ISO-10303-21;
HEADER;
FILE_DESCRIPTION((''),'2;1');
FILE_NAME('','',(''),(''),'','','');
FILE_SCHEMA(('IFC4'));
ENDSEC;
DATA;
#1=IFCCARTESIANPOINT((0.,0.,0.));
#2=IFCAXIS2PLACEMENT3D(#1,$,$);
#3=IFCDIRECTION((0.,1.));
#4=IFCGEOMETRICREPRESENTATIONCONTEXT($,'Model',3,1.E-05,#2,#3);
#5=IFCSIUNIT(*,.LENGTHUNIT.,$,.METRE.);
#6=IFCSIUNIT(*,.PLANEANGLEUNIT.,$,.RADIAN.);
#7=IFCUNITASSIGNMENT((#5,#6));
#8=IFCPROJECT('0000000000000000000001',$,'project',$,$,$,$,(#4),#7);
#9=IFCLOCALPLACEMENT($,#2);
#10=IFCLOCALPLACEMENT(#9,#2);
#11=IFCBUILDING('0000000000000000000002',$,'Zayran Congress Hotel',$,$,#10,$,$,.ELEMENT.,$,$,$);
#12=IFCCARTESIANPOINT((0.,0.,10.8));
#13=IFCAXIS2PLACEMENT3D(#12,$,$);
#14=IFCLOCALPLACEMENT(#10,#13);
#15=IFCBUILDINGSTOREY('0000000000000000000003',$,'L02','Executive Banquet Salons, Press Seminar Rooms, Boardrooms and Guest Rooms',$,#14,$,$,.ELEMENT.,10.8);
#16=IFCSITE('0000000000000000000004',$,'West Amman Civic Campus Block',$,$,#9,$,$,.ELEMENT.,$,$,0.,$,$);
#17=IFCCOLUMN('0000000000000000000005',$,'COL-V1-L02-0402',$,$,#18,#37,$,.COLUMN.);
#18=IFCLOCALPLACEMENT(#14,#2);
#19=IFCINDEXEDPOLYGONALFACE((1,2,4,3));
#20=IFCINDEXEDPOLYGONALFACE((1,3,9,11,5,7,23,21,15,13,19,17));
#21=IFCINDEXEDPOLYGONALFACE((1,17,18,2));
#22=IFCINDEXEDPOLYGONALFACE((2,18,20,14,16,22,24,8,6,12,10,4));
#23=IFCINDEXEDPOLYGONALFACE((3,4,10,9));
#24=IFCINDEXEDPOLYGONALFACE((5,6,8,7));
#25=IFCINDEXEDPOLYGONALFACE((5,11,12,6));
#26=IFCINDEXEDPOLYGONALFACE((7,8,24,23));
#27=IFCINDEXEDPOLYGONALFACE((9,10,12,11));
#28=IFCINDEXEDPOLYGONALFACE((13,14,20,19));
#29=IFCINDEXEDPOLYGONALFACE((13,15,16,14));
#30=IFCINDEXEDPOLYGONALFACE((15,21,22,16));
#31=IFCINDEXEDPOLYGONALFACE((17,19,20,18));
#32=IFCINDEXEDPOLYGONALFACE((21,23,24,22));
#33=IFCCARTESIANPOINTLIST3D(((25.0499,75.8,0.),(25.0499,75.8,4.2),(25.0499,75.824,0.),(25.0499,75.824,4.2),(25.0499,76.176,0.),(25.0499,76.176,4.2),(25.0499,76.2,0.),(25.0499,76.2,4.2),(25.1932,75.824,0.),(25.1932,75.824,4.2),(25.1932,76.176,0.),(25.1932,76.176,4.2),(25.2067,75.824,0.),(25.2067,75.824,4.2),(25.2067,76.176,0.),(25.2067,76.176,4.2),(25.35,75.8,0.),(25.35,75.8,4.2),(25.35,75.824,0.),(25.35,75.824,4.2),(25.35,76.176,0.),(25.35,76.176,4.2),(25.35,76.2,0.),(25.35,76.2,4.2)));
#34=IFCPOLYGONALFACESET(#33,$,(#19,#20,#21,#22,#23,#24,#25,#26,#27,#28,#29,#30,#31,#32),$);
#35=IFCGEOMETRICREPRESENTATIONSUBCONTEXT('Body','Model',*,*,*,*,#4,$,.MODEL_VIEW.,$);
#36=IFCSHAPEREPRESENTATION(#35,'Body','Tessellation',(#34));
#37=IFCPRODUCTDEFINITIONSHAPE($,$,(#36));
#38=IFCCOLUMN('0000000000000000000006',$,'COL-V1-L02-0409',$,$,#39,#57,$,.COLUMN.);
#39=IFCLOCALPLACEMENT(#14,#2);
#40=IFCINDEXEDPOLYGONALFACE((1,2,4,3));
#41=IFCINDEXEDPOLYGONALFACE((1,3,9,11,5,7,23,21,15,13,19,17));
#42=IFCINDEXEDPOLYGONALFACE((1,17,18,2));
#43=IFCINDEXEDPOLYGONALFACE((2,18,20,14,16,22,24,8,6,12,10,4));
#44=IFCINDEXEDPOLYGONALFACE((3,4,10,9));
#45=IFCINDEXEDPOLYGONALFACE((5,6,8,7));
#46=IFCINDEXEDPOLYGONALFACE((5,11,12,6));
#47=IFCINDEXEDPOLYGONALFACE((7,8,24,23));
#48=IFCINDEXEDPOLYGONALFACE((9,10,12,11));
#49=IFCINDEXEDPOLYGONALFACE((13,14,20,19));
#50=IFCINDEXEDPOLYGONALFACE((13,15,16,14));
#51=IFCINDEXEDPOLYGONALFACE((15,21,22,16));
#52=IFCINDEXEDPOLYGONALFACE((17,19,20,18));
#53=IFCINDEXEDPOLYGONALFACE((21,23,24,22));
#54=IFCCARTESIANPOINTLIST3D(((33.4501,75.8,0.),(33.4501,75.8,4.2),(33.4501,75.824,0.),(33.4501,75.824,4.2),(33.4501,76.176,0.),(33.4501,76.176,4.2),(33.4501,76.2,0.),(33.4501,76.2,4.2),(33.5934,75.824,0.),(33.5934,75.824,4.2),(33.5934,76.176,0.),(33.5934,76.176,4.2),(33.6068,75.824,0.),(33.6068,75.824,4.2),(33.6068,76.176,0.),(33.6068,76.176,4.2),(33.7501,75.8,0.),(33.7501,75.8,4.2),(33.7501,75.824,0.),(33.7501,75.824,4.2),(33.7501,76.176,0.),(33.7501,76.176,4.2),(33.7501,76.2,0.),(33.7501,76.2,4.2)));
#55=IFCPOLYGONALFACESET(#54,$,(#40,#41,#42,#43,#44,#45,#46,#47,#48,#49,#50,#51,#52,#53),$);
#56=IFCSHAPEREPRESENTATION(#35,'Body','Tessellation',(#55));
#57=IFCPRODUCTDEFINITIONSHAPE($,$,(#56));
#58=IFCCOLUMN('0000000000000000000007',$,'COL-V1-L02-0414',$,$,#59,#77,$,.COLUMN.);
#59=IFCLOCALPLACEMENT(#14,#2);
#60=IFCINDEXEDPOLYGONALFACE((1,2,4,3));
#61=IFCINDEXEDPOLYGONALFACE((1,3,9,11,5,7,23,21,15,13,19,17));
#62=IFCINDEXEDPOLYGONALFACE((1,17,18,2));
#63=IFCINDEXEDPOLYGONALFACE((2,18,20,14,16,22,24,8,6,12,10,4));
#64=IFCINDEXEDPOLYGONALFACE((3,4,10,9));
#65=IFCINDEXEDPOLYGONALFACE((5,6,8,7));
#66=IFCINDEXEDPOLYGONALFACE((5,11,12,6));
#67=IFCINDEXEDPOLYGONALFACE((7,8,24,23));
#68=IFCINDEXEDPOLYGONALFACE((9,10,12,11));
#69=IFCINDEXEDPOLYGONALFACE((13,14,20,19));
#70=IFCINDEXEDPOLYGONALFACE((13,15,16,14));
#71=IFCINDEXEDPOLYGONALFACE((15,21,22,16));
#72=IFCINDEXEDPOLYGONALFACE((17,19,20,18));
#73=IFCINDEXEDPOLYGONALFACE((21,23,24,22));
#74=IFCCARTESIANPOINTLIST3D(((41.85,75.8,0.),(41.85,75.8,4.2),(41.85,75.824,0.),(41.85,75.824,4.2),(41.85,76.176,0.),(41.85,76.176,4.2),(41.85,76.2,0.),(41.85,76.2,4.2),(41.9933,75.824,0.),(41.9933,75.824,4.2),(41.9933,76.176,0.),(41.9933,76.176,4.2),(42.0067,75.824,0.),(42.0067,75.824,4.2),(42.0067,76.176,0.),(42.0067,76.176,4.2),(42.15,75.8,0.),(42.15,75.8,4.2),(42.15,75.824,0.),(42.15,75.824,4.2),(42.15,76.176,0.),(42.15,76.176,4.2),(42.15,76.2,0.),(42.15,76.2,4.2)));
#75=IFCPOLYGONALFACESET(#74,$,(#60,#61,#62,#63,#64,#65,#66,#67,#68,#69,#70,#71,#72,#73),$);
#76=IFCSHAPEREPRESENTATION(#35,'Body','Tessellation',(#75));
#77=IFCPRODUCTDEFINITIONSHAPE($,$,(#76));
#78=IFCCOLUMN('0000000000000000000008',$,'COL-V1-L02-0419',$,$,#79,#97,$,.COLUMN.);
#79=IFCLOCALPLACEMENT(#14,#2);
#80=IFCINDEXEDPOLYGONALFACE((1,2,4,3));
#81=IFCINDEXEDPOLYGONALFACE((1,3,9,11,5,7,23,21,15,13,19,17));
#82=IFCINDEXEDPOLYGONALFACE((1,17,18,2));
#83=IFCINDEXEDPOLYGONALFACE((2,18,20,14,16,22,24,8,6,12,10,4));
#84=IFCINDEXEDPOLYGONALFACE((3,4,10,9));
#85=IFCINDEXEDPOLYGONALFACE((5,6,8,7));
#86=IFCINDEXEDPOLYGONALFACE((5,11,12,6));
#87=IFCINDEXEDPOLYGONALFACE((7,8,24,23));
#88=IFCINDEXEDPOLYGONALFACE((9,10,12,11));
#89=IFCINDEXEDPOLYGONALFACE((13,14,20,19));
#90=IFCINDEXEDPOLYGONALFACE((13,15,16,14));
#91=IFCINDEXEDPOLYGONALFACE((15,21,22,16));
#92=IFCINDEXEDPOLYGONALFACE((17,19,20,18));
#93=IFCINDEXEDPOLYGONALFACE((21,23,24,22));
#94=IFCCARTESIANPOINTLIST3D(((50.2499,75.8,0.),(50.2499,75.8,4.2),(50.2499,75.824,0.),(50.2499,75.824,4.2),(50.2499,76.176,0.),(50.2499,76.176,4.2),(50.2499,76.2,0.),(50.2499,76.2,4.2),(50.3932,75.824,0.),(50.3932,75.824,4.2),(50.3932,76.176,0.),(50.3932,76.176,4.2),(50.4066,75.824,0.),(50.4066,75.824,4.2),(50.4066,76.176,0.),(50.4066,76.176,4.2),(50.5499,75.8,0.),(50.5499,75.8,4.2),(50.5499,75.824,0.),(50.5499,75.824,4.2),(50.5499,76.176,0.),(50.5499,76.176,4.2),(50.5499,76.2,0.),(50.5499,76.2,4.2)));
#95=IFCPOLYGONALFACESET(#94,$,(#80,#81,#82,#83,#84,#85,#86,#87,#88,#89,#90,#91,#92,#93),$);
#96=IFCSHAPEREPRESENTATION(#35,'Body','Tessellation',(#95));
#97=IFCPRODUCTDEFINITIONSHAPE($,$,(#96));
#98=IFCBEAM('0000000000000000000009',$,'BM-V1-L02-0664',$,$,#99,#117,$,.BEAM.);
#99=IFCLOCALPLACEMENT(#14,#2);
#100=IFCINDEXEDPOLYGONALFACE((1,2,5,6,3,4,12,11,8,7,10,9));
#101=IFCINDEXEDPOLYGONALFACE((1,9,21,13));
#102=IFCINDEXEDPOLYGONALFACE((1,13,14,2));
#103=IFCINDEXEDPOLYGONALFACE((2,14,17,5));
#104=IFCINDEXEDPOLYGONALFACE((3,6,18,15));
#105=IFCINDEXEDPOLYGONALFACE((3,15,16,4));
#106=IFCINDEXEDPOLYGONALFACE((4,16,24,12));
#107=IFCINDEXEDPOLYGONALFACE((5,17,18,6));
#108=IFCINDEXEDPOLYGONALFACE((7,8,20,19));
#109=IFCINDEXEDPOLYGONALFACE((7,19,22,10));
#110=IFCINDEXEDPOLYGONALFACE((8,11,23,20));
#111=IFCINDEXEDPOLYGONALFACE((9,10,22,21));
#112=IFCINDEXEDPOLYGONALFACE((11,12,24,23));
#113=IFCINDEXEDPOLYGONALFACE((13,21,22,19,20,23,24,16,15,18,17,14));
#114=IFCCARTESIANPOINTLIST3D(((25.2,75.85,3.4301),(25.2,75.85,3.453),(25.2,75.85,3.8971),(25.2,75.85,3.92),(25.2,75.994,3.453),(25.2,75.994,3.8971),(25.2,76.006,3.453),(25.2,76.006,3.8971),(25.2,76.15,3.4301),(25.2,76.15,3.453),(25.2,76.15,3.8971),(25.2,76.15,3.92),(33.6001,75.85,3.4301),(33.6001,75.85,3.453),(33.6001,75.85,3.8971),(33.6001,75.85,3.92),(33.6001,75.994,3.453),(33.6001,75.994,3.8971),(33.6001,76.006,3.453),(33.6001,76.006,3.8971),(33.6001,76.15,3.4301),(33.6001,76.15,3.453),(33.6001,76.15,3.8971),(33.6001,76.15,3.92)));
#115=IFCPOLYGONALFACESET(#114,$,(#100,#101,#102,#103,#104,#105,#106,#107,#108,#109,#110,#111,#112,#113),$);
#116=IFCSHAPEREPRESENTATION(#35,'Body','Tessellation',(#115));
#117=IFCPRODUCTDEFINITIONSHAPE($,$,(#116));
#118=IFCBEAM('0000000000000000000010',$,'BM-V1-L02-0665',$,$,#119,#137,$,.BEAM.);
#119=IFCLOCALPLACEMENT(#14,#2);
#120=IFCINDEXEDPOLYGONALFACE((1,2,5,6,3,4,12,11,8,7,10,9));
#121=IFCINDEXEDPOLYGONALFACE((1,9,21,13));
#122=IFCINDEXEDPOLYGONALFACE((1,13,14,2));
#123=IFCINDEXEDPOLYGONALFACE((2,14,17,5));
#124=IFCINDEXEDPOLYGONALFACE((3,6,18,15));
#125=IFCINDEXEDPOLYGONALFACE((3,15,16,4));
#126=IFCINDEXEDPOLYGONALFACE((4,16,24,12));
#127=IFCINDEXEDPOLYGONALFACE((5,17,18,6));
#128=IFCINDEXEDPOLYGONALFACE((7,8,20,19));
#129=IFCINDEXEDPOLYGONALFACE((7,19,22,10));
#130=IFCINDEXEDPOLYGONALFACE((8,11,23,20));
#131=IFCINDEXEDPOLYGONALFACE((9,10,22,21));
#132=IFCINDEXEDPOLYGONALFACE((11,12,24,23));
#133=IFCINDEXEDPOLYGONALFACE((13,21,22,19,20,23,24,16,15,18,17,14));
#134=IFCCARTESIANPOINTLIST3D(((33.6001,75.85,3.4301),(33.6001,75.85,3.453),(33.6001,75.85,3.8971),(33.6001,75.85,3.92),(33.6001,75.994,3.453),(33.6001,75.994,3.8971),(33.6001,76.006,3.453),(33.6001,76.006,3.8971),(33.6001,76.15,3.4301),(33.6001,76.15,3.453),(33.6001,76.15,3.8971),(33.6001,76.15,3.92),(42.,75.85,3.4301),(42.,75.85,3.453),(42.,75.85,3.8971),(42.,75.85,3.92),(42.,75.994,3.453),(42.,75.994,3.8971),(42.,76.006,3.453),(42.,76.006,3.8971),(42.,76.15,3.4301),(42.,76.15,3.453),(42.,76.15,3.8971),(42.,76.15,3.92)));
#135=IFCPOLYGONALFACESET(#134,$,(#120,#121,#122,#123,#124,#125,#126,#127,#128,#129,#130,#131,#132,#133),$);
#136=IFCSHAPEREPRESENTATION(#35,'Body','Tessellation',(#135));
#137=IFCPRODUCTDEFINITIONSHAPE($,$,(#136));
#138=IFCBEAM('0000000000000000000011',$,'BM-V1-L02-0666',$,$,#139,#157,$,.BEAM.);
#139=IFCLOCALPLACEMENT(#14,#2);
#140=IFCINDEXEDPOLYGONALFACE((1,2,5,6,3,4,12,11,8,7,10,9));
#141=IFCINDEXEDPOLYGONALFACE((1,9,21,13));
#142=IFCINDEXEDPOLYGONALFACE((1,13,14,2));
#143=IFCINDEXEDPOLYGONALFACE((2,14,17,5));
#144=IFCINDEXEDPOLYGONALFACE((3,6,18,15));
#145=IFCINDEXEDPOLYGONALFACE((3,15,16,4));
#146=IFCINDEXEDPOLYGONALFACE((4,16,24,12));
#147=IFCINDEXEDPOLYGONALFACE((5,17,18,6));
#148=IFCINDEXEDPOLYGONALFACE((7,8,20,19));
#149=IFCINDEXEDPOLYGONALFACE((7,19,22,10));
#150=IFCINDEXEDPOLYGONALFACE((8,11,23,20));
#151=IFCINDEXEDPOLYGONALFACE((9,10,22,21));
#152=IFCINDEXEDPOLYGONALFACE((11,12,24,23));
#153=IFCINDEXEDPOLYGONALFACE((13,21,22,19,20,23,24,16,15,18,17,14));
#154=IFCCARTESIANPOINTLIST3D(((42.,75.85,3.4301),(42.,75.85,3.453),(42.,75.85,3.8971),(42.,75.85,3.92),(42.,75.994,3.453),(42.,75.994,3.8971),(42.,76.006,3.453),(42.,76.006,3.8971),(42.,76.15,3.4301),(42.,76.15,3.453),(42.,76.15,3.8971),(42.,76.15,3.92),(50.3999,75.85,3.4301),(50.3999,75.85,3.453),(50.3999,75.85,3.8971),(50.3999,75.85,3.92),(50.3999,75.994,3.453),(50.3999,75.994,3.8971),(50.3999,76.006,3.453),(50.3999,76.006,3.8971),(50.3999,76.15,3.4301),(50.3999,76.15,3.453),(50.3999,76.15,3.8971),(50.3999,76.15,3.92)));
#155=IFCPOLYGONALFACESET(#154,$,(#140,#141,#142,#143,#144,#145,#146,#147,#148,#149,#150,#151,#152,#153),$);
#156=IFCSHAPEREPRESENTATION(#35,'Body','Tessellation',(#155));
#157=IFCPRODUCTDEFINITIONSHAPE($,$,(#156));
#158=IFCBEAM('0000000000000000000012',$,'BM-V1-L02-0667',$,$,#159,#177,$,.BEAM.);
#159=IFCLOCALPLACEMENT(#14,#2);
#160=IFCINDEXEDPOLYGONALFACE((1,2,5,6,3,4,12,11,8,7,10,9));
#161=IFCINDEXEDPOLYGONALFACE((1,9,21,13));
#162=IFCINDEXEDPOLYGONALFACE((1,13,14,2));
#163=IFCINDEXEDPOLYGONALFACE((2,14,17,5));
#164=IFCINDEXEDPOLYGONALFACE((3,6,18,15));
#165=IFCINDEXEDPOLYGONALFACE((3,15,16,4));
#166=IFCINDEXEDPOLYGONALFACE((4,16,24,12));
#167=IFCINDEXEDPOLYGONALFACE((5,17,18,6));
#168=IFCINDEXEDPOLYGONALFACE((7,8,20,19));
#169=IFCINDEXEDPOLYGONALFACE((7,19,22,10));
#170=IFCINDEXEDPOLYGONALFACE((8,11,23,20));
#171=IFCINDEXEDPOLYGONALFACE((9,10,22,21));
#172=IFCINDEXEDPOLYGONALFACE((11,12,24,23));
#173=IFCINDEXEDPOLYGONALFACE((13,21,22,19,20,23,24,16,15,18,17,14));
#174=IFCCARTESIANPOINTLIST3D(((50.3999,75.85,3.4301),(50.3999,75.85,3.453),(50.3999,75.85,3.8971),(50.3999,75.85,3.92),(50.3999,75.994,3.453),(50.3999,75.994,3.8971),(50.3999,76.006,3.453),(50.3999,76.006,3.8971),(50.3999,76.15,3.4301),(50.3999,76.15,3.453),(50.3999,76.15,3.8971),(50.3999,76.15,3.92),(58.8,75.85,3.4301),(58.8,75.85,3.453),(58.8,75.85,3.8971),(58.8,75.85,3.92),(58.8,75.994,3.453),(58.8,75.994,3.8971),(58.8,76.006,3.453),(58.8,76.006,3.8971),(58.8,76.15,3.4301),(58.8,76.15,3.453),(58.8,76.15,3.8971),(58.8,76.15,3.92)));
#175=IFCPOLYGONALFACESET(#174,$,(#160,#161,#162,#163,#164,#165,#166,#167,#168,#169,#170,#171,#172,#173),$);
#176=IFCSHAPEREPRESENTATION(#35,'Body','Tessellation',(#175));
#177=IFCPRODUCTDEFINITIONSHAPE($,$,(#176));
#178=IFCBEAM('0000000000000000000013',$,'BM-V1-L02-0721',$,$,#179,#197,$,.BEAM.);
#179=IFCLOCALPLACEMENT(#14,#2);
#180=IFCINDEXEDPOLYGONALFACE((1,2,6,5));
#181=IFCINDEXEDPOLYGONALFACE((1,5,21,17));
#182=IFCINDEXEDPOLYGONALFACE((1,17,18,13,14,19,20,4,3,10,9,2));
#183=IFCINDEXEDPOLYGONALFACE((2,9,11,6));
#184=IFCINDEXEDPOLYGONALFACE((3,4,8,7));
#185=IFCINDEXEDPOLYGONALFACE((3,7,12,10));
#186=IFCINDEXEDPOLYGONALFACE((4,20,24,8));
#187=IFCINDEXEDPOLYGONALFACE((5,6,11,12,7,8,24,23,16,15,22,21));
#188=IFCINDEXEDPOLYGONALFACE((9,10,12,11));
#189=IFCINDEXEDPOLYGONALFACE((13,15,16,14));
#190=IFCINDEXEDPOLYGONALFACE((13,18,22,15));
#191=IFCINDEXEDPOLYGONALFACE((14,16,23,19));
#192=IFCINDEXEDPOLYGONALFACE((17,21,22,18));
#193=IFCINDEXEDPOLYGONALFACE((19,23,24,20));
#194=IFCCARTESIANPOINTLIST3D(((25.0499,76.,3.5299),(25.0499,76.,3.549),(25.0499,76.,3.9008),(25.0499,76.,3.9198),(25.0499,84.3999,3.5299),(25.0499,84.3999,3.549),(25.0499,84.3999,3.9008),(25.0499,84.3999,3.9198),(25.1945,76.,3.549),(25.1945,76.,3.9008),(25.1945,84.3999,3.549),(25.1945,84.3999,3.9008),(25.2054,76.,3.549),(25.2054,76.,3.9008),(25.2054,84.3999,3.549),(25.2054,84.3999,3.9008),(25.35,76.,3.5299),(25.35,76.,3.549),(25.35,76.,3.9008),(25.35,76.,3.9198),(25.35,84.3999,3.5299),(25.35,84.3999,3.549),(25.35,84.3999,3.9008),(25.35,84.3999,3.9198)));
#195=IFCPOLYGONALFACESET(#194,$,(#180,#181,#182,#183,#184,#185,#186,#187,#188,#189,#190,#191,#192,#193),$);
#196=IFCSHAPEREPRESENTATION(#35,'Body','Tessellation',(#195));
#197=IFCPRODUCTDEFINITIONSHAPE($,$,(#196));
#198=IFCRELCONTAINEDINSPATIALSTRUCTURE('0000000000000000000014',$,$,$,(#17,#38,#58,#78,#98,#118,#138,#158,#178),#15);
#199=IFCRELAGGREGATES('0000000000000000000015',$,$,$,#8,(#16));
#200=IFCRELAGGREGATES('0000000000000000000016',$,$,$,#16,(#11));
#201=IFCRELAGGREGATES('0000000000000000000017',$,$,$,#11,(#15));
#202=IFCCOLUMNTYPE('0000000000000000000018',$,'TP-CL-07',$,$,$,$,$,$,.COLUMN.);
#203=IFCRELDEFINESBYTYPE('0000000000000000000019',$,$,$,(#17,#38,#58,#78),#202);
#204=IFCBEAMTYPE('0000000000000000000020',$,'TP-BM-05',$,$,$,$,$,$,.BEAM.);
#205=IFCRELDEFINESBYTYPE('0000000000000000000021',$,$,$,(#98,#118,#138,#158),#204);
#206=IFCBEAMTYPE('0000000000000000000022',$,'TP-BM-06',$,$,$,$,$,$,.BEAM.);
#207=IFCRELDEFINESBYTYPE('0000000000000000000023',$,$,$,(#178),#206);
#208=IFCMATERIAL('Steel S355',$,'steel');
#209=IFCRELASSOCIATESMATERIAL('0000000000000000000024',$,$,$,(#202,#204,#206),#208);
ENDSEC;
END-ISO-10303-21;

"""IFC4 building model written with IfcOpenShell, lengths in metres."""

from ifc_helpers import new_model, si_unit, direction, frame, origin, origin_2d, place, context, subcontext, project, spatial, i_section, extrude, material, material_profile, profile_set, type_object, element, save


model = new_model("IFC4")

# Units and contexts
model_context = context("Model", 3, precision=1e-05, world=origin(), true_north=direction((0.0, 1.0)))
body_context = subcontext(model_context, "Body", "Model", "MODEL_VIEW")
ifc_project = project(units=[si_unit("LENGTHUNIT", "METRE"), si_unit("PLANEANGLEUNIT", "RADIAN")], contexts=[model_context])

# Site, building, storey
site_placement = place(None, origin())
site = spatial("IfcSite", under=ifc_project, at=site_placement, Name="West Amman Civic Campus Block", CompositionType="ELEMENT", RefElevation=0.0)
building_placement = place(site_placement, origin())
building = spatial("IfcBuilding", under=site, at=building_placement, Name="Zayran Congress Hotel", CompositionType="ELEMENT")
storey_placement = place(building_placement, frame((0.0, 0.0, 10.8)))
storey = spatial("IfcBuildingStorey", under=building, at=storey_placement, Name="L02", Description="Executive Banquet Salons, Press Seminar Rooms, Boardrooms and Guest Rooms", CompositionType="ELEMENT", Elevation=10.8)

# Columns
ifc_material_1 = material(Name="Steel S355", Category="steel")
ifc_material_profile_1 = material_profile(ifc_material_1, i_section(OverallWidth=0.3, OverallDepth=0.3999, WebThickness=0.0134, FlangeThickness=0.0239, at=origin_2d()), Name="HEB 400")
ifc_profile_set_1 = profile_set([ifc_material_profile_1], Name="Steel S355")
column_type = type_object("IfcColumnType", Name="TP-CL-07", PredefinedType="COLUMN", material=ifc_profile_set_1)
for number, where, z_axis, x_axis, name in (
    (1, (25.2, 76.0, 0.0), (0.0, 0.0, 1.0), (1.0, 0.0, 0.0), "COL-V1-L02-0402"),
    (2, (33.6001, 76.0, 0.0), (0.0, 0.0, 1.0), (1.0, 0.0, 0.0), "COL-V1-L02-0409"),
    (3, (42.0, 76.0, 0.0), (0.0, 0.0, 1.0), (1.0, 0.0, 0.0), "COL-V1-L02-0414"),
    (4, (50.3999, 76.0, 0.0), (0.0, 0.0, 1.0), (1.0, 0.0, 0.0), "COL-V1-L02-0419"),
):
    element("IfcColumn", number, at=place(storey_placement, frame(where, z_axis=z_axis, x_axis=x_axis)), inside=storey, type_object=column_type, Name=name, PredefinedType="COLUMN", context=body_context, shape_type="SweptSolid", body=[
        extrude(i_section(OverallWidth=0.3, OverallDepth=0.3999, WebThickness=0.0134, FlangeThickness=0.0239, at=origin_2d()), origin(), (0.0, 0.0, 1.0), 4.2),
    ])

# Beams
ifc_material_profile_2 = material_profile(ifc_material_1, i_section(OverallWidth=0.3, OverallDepth=0.49, WebThickness=0.012, FlangeThickness=0.0229, at=origin_2d()), Name="HEA 500")
ifc_profile_set_2 = profile_set([ifc_material_profile_2], Name="Steel S355")
beam_type_1 = type_object("IfcBeamType", Name="TP-BM-05", PredefinedType="BEAM", material=ifc_profile_set_2)
beam_1_placement = place(storey_placement, frame((25.2, 76.0, 3.675), z_axis=(1.0, 0.0, 0.0), x_axis=(0.0, 1.0, 0.0)))
element("IfcBeam", 5, at=beam_1_placement, inside=storey, type_object=beam_type_1, Name="BM-V1-L02-0664", PredefinedType="BEAM", context=body_context, shape_type="SweptSolid", body=[
    extrude(i_section(OverallWidth=0.3, OverallDepth=0.49, WebThickness=0.012, FlangeThickness=0.0229, at=origin_2d()), origin(), (0.0, 0.0, 1.0), 8.4001),
])
for number, where, z_axis, x_axis, name in (
    (6, (33.6001, 76.0, 3.675), (1.0, 0.0, 0.0), (0.0, 1.0, 0.0), "BM-V1-L02-0665"),
    (7, (42.0, 76.0, 3.675), (1.0, 0.0, 0.0), (0.0, 1.0, 0.0), "BM-V1-L02-0666"),
):
    element("IfcBeam", number, at=place(storey_placement, frame(where, z_axis=z_axis, x_axis=x_axis)), inside=storey, type_object=beam_type_1, Name=name, PredefinedType="BEAM", context=body_context, shape_type="SweptSolid", body=[
        extrude(i_section(OverallWidth=0.3, OverallDepth=0.49, WebThickness=0.012, FlangeThickness=0.0229, at=origin_2d()), origin(), (0.0, 0.0, 1.0), 8.3999),
    ])
beam_2_placement = place(storey_placement, frame((50.3999, 76.0, 3.675), z_axis=(1.0, 0.0, 0.0), x_axis=(0.0, 1.0, 0.0)))
element("IfcBeam", 8, at=beam_2_placement, inside=storey, type_object=beam_type_1, Name="BM-V1-L02-0667", PredefinedType="BEAM", context=body_context, shape_type="SweptSolid", body=[
    extrude(i_section(OverallWidth=0.3, OverallDepth=0.49, WebThickness=0.012, FlangeThickness=0.0229, at=origin_2d()), origin(), (0.0, 0.0, 1.0), 8.4001),
])
ifc_material_profile_3 = material_profile(ifc_material_1, i_section(OverallWidth=0.3, OverallDepth=0.3899, WebThickness=0.011, FlangeThickness=0.019, at=origin_2d()), Name="HEA 400")
ifc_profile_set_3 = profile_set([ifc_material_profile_3], Name="Steel S355")
beam_type_2 = type_object("IfcBeamType", Name="TP-BM-06", PredefinedType="BEAM", material=ifc_profile_set_3)
for number, where, z_axis, x_axis, name in (
    (9, (25.2, 76.0, 3.7249), (0.0, 1.0, 0.0), (-1.0, 0.0, 0.0), "BM-V1-L02-0721"),
):
    element("IfcBeam", number, at=place(storey_placement, frame(where, z_axis=z_axis, x_axis=x_axis)), inside=storey, type_object=beam_type_2, Name=name, PredefinedType="BEAM", context=body_context, shape_type="SweptSolid", body=[
        extrude(i_section(OverallWidth=0.3, OverallDepth=0.3899, WebThickness=0.011, FlangeThickness=0.019, at=origin_2d()), origin(), (0.0, 0.0, 1.0), 8.3999),
    ])

save(model, "model.ifc")
